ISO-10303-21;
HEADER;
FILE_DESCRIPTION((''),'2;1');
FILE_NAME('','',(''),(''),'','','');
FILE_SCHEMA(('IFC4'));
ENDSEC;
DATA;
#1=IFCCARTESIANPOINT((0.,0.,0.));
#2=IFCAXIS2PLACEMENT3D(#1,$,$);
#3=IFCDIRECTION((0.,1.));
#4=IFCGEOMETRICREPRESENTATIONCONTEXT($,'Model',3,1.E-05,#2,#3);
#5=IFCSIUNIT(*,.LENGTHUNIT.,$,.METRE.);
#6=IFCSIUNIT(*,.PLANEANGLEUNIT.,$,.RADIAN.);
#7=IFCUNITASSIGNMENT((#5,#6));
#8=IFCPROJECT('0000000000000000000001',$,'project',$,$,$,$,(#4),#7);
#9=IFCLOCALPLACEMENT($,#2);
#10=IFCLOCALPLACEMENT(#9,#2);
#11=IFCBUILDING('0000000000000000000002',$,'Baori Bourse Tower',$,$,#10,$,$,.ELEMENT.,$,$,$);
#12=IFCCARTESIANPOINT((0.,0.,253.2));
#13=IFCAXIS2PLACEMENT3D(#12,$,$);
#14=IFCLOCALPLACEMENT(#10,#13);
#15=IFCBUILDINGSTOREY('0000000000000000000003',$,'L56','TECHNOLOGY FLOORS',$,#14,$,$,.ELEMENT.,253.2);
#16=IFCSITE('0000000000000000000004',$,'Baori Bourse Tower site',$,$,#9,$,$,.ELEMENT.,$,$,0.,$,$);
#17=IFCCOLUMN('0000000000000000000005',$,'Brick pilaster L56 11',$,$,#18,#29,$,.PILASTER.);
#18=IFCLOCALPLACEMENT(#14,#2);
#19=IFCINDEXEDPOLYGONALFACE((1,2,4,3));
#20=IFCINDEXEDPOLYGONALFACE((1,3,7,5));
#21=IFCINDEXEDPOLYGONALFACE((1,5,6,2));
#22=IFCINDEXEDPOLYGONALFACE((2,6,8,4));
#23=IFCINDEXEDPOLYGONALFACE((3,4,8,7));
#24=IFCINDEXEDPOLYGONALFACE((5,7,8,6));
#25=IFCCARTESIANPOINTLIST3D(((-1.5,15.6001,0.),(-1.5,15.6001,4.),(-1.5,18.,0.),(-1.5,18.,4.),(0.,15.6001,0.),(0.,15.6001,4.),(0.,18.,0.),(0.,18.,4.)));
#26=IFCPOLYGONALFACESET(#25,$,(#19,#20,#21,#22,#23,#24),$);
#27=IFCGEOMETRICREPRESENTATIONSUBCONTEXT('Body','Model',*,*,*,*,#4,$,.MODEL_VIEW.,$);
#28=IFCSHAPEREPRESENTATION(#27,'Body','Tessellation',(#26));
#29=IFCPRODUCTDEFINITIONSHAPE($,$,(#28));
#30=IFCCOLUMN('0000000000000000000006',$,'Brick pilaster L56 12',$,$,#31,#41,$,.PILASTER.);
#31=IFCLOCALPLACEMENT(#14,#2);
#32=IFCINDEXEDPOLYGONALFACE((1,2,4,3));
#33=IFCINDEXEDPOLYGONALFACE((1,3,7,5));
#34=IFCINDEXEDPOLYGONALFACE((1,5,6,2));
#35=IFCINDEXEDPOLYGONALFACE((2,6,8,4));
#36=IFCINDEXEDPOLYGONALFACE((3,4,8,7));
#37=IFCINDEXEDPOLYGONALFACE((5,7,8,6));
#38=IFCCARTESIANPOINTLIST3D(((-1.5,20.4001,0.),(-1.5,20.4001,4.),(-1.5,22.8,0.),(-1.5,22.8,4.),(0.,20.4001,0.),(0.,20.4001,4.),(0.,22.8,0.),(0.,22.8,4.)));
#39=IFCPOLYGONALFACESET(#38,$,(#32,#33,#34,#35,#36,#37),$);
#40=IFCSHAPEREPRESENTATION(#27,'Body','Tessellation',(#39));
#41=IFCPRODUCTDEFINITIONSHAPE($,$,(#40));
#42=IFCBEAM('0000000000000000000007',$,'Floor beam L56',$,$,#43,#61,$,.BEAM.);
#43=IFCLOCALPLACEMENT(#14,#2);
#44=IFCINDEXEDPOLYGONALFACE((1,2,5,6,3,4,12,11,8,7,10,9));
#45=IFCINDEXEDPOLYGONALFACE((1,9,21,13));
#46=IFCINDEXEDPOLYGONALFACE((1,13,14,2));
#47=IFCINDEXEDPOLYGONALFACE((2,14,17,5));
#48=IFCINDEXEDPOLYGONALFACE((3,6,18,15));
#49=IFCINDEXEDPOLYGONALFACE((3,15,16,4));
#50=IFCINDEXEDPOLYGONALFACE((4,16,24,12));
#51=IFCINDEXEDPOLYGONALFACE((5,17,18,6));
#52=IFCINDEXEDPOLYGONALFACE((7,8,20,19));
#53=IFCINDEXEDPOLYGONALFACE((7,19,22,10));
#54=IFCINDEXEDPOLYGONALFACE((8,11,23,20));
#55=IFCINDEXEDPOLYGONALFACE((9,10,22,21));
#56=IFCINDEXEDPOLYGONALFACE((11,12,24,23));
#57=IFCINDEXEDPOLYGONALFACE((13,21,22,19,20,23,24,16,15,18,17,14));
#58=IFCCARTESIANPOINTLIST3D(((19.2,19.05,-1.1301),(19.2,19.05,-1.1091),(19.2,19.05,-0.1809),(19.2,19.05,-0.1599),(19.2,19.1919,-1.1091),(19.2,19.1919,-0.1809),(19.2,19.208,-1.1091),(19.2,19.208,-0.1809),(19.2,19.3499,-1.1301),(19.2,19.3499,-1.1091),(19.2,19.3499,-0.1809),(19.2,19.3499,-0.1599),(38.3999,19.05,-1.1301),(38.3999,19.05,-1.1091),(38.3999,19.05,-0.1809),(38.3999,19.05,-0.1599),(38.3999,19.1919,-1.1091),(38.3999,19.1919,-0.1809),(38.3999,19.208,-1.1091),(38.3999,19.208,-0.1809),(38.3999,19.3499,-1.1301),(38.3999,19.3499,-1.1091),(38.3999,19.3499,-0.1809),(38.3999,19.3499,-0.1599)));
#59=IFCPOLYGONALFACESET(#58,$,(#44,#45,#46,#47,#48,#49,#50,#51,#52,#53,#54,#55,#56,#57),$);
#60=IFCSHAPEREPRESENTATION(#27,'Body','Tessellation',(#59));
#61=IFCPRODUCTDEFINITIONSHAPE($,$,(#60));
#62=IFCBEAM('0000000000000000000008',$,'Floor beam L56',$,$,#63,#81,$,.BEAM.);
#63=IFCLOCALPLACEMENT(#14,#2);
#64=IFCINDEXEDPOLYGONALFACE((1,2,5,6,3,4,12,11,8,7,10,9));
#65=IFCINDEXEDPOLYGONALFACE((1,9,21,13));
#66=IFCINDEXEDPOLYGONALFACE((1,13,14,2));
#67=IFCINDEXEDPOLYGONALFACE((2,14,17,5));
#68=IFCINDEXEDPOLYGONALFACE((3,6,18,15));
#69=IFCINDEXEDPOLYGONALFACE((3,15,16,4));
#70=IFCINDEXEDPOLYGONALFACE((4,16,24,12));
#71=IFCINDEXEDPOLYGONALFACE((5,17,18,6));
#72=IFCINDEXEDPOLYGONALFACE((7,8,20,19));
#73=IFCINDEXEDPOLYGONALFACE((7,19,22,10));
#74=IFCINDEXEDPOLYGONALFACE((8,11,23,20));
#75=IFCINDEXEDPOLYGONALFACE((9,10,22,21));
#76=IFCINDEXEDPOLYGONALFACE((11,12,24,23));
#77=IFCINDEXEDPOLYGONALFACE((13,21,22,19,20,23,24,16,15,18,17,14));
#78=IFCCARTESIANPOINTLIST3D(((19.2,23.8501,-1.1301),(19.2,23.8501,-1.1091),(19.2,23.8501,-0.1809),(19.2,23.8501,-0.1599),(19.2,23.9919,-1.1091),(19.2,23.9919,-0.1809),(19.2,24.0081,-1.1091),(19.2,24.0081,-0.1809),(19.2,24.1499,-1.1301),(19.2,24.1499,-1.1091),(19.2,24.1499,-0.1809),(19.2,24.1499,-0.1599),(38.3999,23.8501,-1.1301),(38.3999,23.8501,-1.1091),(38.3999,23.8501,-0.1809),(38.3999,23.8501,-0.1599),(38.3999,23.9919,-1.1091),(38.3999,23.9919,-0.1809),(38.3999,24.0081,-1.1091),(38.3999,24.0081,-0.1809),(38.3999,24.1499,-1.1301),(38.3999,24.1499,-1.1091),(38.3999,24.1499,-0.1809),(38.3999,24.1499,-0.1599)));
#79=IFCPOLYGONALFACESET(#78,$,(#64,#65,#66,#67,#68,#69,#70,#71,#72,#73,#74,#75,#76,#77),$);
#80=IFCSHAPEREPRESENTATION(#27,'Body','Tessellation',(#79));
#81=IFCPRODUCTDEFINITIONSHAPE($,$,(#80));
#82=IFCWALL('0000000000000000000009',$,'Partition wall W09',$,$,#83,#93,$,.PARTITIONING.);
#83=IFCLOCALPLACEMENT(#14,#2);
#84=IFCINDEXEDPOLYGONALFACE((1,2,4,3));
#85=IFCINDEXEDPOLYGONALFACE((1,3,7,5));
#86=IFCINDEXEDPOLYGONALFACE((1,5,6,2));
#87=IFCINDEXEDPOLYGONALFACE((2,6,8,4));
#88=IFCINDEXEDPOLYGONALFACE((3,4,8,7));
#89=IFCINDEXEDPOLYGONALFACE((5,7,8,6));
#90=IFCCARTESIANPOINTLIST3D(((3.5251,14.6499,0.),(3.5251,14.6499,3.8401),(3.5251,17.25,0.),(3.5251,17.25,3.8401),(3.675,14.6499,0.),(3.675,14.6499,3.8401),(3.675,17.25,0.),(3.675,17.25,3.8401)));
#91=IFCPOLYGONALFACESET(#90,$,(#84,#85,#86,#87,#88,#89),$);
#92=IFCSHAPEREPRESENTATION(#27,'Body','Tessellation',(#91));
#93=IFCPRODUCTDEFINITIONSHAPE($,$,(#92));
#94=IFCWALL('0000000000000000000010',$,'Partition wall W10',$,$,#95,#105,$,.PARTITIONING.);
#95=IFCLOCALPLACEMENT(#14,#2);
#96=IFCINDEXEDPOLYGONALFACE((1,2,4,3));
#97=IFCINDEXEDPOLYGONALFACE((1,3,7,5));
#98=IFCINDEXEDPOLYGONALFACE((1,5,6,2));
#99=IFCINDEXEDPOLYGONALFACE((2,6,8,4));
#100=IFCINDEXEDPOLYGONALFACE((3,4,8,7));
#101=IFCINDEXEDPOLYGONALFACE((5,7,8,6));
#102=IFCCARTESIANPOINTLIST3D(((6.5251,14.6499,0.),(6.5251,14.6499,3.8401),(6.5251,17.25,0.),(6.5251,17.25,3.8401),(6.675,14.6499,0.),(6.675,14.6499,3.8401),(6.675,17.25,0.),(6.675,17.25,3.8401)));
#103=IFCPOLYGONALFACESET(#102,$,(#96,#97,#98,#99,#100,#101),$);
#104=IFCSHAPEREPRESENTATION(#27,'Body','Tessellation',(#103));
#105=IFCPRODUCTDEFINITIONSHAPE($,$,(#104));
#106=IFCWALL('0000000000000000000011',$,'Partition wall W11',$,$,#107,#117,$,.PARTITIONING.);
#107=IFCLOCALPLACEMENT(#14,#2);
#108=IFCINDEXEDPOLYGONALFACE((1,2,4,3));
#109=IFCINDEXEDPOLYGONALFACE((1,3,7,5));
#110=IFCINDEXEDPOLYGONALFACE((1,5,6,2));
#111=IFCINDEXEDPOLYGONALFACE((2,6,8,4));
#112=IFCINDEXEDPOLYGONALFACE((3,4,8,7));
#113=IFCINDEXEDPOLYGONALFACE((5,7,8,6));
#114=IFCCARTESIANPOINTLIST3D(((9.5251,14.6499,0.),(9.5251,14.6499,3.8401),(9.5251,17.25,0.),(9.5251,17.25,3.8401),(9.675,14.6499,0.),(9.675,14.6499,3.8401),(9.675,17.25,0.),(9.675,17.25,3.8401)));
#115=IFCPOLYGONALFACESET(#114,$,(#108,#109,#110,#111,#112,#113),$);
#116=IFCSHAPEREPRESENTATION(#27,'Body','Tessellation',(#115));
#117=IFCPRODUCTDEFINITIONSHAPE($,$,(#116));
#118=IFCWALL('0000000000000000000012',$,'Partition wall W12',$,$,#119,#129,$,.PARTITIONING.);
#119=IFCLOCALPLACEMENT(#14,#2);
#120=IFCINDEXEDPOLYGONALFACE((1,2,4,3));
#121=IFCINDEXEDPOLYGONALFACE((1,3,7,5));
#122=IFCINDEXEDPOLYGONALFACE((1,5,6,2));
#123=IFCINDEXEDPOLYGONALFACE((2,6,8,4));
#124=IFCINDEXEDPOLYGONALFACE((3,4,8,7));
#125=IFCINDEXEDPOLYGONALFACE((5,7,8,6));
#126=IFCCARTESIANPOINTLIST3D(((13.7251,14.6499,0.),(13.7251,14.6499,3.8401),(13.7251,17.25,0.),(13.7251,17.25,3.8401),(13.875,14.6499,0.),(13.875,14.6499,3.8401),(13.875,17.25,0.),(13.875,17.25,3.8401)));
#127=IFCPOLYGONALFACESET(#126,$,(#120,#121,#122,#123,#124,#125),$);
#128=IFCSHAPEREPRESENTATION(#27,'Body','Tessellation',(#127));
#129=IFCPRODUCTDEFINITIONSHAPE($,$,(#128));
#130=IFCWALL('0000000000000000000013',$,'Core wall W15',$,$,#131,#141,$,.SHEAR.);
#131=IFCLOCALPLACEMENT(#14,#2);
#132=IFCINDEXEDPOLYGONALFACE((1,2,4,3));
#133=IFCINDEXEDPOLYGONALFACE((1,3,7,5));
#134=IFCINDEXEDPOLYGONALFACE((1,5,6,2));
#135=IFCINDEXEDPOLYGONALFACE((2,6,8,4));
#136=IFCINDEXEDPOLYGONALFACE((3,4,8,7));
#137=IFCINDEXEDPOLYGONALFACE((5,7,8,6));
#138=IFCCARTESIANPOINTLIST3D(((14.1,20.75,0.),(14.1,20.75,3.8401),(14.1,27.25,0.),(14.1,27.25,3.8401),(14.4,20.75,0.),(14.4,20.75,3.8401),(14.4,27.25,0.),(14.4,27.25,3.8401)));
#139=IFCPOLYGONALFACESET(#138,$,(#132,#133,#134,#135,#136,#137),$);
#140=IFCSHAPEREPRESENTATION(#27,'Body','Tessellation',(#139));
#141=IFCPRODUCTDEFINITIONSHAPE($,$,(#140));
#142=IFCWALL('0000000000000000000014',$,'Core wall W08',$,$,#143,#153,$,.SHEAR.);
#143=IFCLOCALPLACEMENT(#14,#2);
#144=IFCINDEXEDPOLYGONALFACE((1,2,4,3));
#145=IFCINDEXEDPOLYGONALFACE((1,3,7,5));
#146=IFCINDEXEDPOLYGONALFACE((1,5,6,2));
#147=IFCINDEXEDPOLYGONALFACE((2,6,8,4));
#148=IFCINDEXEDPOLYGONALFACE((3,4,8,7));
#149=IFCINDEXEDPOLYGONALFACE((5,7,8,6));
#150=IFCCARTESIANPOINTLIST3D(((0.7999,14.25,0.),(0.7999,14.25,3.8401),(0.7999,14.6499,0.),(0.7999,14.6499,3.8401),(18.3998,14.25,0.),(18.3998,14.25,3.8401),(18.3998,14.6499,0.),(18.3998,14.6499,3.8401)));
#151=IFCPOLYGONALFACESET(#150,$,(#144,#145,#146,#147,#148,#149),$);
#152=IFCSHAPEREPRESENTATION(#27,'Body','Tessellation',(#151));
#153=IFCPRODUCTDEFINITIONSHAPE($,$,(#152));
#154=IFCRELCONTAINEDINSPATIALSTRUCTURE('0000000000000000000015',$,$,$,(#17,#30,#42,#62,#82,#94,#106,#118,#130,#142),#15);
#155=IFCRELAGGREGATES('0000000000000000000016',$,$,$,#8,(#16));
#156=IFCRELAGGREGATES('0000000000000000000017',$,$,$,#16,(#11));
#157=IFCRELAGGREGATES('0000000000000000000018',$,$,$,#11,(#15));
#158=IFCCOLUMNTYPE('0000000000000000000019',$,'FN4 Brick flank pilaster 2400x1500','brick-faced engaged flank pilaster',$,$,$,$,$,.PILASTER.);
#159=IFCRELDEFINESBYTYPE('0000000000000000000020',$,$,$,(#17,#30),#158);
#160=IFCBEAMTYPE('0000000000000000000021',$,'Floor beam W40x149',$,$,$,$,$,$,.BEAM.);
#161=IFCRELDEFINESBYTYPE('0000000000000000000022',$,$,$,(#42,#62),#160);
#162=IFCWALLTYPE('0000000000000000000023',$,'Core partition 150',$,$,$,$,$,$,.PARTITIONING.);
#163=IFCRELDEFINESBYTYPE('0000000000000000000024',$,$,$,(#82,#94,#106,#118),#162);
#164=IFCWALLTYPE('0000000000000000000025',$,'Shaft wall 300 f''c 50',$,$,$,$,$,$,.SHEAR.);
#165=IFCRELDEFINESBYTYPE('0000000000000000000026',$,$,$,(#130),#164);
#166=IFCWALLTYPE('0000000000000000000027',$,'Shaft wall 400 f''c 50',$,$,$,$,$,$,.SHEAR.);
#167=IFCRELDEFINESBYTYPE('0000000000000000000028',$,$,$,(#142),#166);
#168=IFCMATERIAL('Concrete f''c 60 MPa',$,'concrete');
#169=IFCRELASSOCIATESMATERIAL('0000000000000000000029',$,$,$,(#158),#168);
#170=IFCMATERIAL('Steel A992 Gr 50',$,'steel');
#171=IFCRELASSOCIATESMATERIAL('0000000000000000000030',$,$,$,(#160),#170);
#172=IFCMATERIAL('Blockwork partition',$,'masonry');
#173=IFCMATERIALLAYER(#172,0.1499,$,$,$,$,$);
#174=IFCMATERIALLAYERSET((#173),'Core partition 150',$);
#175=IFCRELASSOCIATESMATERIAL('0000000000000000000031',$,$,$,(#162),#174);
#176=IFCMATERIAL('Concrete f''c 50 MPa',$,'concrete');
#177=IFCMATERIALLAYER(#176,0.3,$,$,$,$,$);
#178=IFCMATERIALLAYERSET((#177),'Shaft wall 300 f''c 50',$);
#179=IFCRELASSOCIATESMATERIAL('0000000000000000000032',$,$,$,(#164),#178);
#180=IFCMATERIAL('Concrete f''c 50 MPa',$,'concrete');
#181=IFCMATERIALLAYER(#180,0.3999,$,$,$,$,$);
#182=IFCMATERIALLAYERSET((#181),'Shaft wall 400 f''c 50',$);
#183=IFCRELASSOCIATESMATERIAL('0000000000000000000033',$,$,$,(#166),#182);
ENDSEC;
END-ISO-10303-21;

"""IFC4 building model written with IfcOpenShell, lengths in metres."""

from ifc_helpers import new_model, si_unit, direction, frame, frame_2d, origin, origin_2d, place, context, subcontext, project, spatial, rectangle, i_section, extrude, material, layer, layer_set, material_profile, profile_set, type_object, element, save


model = new_model("IFC4")

# Units and contexts
model_context = context("Model", 3, precision=1e-05, world=origin(), true_north=direction((0.0, 1.0)))
body_context = subcontext(model_context, "Body", "Model", "MODEL_VIEW")
ifc_project = project(units=[si_unit("LENGTHUNIT", "METRE"), si_unit("PLANEANGLEUNIT", "RADIAN")], contexts=[model_context])

# Site, building, storey
site_placement = place(None, origin())
site = spatial("IfcSite", under=ifc_project, at=site_placement, Name="Baori Bourse Tower site", CompositionType="ELEMENT", RefElevation=0.0)
building_placement = place(site_placement, origin())
building = spatial("IfcBuilding", under=site, at=building_placement, Name="Baori Bourse Tower", CompositionType="ELEMENT")
storey_placement = place(building_placement, frame((0.0, 0.0, 253.2)))
storey = spatial("IfcBuildingStorey", under=building, at=storey_placement, Name="L56", Description="TECHNOLOGY FLOORS", CompositionType="ELEMENT", Elevation=253.2)

# Columns
ifc_material_1 = material(Name="Concrete f'c 60 MPa", Category="concrete")
ifc_material_profile_1 = material_profile(ifc_material_1, rectangle(XDim=2.3999, YDim=1.5, at=origin_2d()), Name="RC 2400x1500")
ifc_profile_set_1 = profile_set([ifc_material_profile_1], Name="Concrete f'c 60 MPa")
column_type = type_object("IfcColumnType", Name="FN4 Brick flank pilaster 2400x1500", Description="brick-faced engaged flank pilaster", PredefinedType="PILASTER", material=ifc_profile_set_1)
for number, where, z_axis, x_axis, name in (
    (1, (-0.75, 16.8, 0.0), (0.0, 0.0, 1.0), (0.0, 1.0, 0.0), "Brick pilaster L56 11"),
    (2, (-0.75, 21.6001, 0.0), (0.0, 0.0, 1.0), (0.0, 1.0, 0.0), "Brick pilaster L56 12"),
):
    element("IfcColumn", number, at=place(storey_placement, frame(where, z_axis=z_axis, x_axis=x_axis)), inside=storey, type_object=column_type, Name=name, PredefinedType="PILASTER", context=body_context, shape_type="SweptSolid", body=[
        extrude(rectangle(XDim=2.3999, YDim=1.5, at=origin_2d()), origin(), (0.0, 0.0, 1.0), 4.0),
    ])

# Beams
ifc_material_2 = material(Name="Steel A992 Gr 50", Category="steel")
ifc_material_profile_2 = material_profile(ifc_material_2, i_section(OverallWidth=0.2998, OverallDepth=0.9702, WebThickness=0.0161, FlangeThickness=0.021, at=origin_2d()), Name="W40x149")
ifc_profile_set_2 = profile_set([ifc_material_profile_2], Name="Steel A992 Gr 50")
beam_type = type_object("IfcBeamType", Name="Floor beam W40x149", PredefinedType="BEAM", material=ifc_profile_set_2)
for number, where, z_axis, x_axis, name in (
    (3, (19.2, 19.2, -0.645), (1.0, 0.0, 0.0), (0.0, 1.0, 0.0), "Floor beam L56"),
    (4, (19.2, 24.0, -0.645), (1.0, 0.0, 0.0), (0.0, 1.0, 0.0), "Floor beam L56"),
):
    element("IfcBeam", number, at=place(storey_placement, frame(where, z_axis=z_axis, x_axis=x_axis)), inside=storey, type_object=beam_type, Name=name, PredefinedType="BEAM", context=body_context, shape_type="SweptSolid", body=[
        extrude(i_section(OverallWidth=0.2998, OverallDepth=0.9702, WebThickness=0.0161, FlangeThickness=0.021, at=origin_2d()), origin(), (0.0, 0.0, 1.0), 19.2),
    ])

# Walls
ifc_material_3 = material(Name="Blockwork partition", Category="masonry")
ifc_layer_1 = layer(ifc_material_3, 0.1499)
ifc_layer_set_1 = layer_set([ifc_layer_1], Name="Core partition 150")
wall_type_1 = type_object("IfcWallType", Name="Core partition 150", PredefinedType="PARTITIONING", material=ifc_layer_set_1)
for number, where, z_axis, x_axis, name in (
    (5, (3.6001, 14.6499, 0.0), (0.0, 0.0, 1.0), (0.0, 1.0, 0.0), "Partition wall W09"),
    (6, (6.6001, 14.6499, 0.0), (0.0, 0.0, 1.0), (0.0, 1.0, 0.0), "Partition wall W10"),
    (7, (9.6001, 14.6499, 0.0), (0.0, 0.0, 1.0), (0.0, 1.0, 0.0), "Partition wall W11"),
    (8, (13.8, 14.6499, 0.0), (0.0, 0.0, 1.0), (0.0, 1.0, 0.0), "Partition wall W12"),
):
    element("IfcWall", number, at=place(storey_placement, frame(where, z_axis=z_axis, x_axis=x_axis)), inside=storey, type_object=wall_type_1, Name=name, PredefinedType="PARTITIONING", context=body_context, shape_type="SweptSolid", body=[
        extrude(rectangle(XDim=2.6001, YDim=0.1499, at=frame_2d((1.3, 0.0))), origin(), (0.0, 0.0, 1.0), 3.8401),
    ])
ifc_material_4 = material(Name="Concrete f'c 50 MPa", Category="concrete")
ifc_layer_2 = layer(ifc_material_4, 0.3)
ifc_layer_set_2 = layer_set([ifc_layer_2], Name="Shaft wall 300 f'c 50")
wall_type_2 = type_object("IfcWallType", Name="Shaft wall 300 f'c 50", PredefinedType="SHEAR", material=ifc_layer_set_2)
wall_1_placement = place(storey_placement, frame((14.25, 20.75, 0.0), z_axis=(0.0, 0.0, 1.0), x_axis=(0.0, 1.0, 0.0)))
element("IfcWall", 9, at=wall_1_placement, inside=storey, type_object=wall_type_2, Name="Core wall W15", PredefinedType="SHEAR", context=body_context, shape_type="SweptSolid", body=[
    extrude(rectangle(XDim=6.5, YDim=0.3, at=frame_2d((3.25, 0.0))), origin(), (0.0, 0.0, 1.0), 3.8401),
])
ifc_material_5 = material(Name="Concrete f'c 50 MPa", Category="concrete")
ifc_layer_3 = layer(ifc_material_5, 0.3999)
ifc_layer_set_3 = layer_set([ifc_layer_3], Name="Shaft wall 400 f'c 50")
wall_type_3 = type_object("IfcWallType", Name="Shaft wall 400 f'c 50", PredefinedType="SHEAR", material=ifc_layer_set_3)
wall_2_placement = place(storey_placement, frame((0.8, 14.45, 0.0), z_axis=(0.0, 0.0, 1.0), x_axis=(1.0, 0.0, 0.0)))
element("IfcWall", 10, at=wall_2_placement, inside=storey, type_object=wall_type_3, Name="Core wall W08", PredefinedType="SHEAR", context=body_context, shape_type="SweptSolid", body=[
    extrude(rectangle(XDim=17.5999, YDim=0.3999, at=frame_2d((8.7998, 0.0))), origin(), (0.0, 0.0, 1.0), 3.8401),
])

save(model, "model.ifc")
